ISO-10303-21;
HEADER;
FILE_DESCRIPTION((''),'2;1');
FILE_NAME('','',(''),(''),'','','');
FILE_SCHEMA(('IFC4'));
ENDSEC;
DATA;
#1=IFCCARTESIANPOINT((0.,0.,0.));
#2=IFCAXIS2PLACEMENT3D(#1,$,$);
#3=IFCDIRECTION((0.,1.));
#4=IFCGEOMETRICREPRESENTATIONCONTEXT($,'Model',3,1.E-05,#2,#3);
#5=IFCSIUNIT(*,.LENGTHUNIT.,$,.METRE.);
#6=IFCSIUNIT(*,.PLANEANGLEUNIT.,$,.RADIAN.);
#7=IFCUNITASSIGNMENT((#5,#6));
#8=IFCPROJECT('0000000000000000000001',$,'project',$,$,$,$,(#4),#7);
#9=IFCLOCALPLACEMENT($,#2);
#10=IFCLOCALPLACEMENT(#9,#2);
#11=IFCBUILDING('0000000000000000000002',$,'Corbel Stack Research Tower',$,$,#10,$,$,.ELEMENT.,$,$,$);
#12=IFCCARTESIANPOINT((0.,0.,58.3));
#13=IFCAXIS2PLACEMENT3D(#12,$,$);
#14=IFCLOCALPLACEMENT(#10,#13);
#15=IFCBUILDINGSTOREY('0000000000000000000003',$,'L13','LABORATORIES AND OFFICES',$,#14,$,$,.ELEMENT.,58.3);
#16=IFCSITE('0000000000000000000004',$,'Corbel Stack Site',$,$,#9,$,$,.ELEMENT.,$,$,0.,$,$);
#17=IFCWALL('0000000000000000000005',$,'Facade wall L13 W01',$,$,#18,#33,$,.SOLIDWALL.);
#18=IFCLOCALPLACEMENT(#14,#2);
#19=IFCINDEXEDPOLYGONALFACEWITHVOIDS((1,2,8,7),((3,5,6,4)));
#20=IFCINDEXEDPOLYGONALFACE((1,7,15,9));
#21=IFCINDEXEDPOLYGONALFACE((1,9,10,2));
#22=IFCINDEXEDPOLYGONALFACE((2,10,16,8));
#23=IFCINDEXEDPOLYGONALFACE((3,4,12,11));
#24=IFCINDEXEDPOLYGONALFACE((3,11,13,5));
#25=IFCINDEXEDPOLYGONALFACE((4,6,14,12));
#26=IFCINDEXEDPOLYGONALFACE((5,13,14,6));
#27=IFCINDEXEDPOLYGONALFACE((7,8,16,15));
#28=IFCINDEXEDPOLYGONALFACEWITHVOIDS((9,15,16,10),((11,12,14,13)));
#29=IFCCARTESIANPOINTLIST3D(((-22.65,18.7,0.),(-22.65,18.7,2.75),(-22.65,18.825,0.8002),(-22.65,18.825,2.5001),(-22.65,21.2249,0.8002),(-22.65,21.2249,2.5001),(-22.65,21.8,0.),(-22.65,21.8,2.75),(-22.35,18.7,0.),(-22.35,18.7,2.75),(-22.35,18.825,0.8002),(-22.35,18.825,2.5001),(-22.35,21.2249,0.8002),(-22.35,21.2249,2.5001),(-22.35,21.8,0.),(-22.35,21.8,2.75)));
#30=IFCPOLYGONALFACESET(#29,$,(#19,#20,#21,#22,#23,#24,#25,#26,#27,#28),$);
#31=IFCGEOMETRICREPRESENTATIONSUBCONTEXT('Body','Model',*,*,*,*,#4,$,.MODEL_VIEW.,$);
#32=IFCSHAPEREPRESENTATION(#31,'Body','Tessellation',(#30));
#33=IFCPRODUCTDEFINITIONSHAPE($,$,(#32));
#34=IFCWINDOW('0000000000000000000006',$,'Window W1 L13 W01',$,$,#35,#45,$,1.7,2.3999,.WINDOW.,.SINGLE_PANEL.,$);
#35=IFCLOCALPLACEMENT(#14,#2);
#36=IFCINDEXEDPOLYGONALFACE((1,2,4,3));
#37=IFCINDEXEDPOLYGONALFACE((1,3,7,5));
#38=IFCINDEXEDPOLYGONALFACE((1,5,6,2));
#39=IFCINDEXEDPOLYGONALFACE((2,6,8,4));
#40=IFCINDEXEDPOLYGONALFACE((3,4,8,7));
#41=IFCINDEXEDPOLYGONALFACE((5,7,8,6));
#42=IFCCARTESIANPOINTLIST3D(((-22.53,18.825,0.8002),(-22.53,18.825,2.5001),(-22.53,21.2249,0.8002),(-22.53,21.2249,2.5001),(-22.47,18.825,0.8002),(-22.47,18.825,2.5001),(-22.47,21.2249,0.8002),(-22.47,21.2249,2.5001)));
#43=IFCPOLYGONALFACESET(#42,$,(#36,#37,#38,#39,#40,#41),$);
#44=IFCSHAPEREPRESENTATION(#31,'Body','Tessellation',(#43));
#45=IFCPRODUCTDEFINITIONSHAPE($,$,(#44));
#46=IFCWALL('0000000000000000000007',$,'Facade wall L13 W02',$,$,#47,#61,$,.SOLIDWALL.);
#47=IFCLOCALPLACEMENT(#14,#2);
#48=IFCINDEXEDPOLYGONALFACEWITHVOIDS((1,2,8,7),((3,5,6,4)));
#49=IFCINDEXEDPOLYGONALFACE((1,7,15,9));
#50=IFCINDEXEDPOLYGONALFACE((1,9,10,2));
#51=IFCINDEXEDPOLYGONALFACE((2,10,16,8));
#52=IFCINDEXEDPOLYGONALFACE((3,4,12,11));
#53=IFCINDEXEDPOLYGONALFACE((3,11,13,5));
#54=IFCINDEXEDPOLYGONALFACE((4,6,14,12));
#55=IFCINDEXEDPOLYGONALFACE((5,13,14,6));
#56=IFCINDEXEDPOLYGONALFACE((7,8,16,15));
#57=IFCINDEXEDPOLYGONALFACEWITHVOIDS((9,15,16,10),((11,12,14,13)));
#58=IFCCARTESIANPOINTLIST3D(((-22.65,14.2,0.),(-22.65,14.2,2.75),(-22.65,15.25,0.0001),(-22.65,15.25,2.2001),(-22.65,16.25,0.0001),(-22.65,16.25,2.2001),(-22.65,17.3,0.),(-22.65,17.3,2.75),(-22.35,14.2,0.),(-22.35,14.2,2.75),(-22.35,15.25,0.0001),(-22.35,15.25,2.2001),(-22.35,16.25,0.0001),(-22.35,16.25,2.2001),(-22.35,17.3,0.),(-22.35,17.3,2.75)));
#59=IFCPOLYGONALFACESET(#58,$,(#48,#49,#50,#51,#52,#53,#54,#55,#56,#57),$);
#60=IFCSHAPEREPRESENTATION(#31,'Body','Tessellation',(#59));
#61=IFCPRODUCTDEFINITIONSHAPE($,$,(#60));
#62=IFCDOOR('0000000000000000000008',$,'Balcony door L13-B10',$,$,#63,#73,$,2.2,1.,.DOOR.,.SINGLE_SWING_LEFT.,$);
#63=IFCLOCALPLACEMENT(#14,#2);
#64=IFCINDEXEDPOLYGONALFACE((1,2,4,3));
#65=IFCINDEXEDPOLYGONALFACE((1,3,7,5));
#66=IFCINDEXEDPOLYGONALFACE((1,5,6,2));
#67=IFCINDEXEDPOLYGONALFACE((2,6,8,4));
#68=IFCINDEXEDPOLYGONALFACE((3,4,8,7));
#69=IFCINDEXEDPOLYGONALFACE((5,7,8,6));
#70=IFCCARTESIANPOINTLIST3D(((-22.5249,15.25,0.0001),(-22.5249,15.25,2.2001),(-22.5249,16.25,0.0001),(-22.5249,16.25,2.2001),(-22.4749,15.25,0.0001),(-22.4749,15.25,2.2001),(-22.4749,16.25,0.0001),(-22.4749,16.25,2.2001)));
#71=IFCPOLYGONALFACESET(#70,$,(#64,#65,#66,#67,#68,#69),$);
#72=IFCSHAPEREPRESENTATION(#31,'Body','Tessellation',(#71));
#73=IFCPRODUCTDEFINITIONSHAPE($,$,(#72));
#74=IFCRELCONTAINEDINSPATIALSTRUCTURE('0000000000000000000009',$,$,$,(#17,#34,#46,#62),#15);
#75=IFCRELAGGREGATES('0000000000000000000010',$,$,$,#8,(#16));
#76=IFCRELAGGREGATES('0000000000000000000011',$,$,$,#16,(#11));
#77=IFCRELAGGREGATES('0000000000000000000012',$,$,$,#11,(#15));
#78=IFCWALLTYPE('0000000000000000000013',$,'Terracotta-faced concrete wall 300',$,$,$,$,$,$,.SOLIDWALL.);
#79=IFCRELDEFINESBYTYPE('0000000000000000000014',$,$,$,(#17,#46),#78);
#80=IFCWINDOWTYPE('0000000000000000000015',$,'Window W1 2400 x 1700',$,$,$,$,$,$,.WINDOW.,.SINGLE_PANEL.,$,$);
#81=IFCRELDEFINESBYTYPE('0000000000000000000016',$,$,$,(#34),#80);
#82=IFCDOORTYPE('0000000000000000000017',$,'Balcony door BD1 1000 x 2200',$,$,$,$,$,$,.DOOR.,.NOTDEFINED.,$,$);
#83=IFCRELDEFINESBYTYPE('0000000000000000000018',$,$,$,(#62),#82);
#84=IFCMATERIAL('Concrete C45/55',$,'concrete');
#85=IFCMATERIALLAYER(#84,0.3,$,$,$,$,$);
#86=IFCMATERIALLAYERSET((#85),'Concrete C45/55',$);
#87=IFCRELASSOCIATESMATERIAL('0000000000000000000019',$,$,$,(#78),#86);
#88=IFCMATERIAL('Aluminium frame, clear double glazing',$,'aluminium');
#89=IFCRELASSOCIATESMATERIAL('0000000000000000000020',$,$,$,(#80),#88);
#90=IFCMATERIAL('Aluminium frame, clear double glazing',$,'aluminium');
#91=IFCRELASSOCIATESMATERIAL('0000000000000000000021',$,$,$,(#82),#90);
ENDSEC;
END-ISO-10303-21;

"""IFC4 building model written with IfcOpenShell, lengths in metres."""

from ifc_helpers import new_model, si_unit, direction, frame, frame_2d, origin, place, context, subcontext, project, spatial, rectangle, extrude, material, layer, layer_set, type_object, element, fill, save


model = new_model("IFC4")

# Units and contexts
model_context = context("Model", 3, precision=1e-05, world=origin(), true_north=direction((0.0, 1.0)))
body_context = subcontext(model_context, "Body", "Model", "MODEL_VIEW")
ifc_project = project(units=[si_unit("LENGTHUNIT", "METRE"), si_unit("PLANEANGLEUNIT", "RADIAN")], contexts=[model_context])

# Site, building, storey
site_placement = place(None, origin())
site = spatial("IfcSite", under=ifc_project, at=site_placement, Name="Corbel Stack Site", CompositionType="ELEMENT", RefElevation=0.0)
building_placement = place(site_placement, origin())
building = spatial("IfcBuilding", under=site, at=building_placement, Name="Corbel Stack Research Tower", CompositionType="ELEMENT")
storey_placement = place(building_placement, frame((0.0, 0.0, 58.3)))
storey = spatial("IfcBuildingStorey", under=building, at=storey_placement, Name="L13", Description="LABORATORIES AND OFFICES", CompositionType="ELEMENT", Elevation=58.3)

# Shared definitions
ifc_material_1 = material(Name="Concrete C45/55", Category="concrete")
ifc_layer_1 = layer(ifc_material_1, 0.3)
ifc_layer_set_1 = layer_set([ifc_layer_1], Name="Concrete C45/55")
wall_type_1 = type_object("IfcWallType", Name="Terracotta-faced concrete wall 300", PredefinedType="SOLIDWALL", material=ifc_layer_set_1)

# Wall, opening, window
wall_1_placement = place(storey_placement, frame((-22.5, 18.7, 0.0), z_axis=(0.0, 0.0, 1.0), x_axis=(0.0, 1.0, 0.0)))
wall_1 = element("IfcWall", 1, at=wall_1_placement, inside=storey, type_object=wall_type_1, Name="Facade wall L13 W01", PredefinedType="SOLIDWALL", context=body_context, shape_type="SweptSolid", body=[
    extrude(rectangle(XDim=3.1001, YDim=0.3, at=frame_2d((1.55, 0.0))), origin(), (0.0, 0.0, 1.0), 2.75),
])
opening_1_placement = place(wall_1_placement, frame((0.125, 0.0, 0.8)))
opening_1 = element("IfcOpeningElement", 2, at=opening_1_placement, cuts=wall_1, PredefinedType="OPENING", context=body_context, shape_type="SweptSolid", body=[
    extrude(rectangle(XDim=2.3999, YDim=1.7, at=frame_2d((1.2, 0.8501))), frame((0.0, 0.1599, 0.0), z_axis=(0.0, -1.0, 0.0), x_axis=(1.0, 0.0, 0.0)), (0.0, 0.0, 1.0), 0.3201),
])
ifc_material_2 = material(Name="Aluminium frame, clear double glazing", Category="aluminium")
window_type = type_object("IfcWindowType", Name="Window W1 2400 x 1700", PartitioningType="SINGLE_PANEL", PredefinedType="WINDOW", material=ifc_material_2)
window_placement = place(opening_1_placement, origin())
window = element("IfcWindow", 3, at=window_placement, inside=storey, type_object=window_type, Name="Window W1 L13 W01", OverallHeight=1.7, OverallWidth=2.3999, PartitioningType="SINGLE_PANEL", PredefinedType="WINDOW", context=body_context, shape_type="SweptSolid", body=[
    extrude(rectangle(XDim=2.3999, YDim=1.7, at=frame_2d((1.2, 0.8501))), frame((0.0, 0.03, 0.0), z_axis=(0.0, -1.0, 0.0), x_axis=(1.0, 0.0, 0.0)), (0.0, 0.0, 1.0), 0.0601),
])
fill(opening_1, window)

# Wall, opening, door
wall_2_placement = place(storey_placement, frame((-22.5, 14.2, 0.0), z_axis=(0.0, 0.0, 1.0), x_axis=(0.0, 1.0, 0.0)))
wall_2 = element("IfcWall", 4, at=wall_2_placement, inside=storey, type_object=wall_type_1, Name="Facade wall L13 W02", PredefinedType="SOLIDWALL", context=body_context, shape_type="SweptSolid", body=[
    extrude(rectangle(XDim=3.1001, YDim=0.3, at=frame_2d((1.55, 0.0))), origin(), (0.0, 0.0, 1.0), 2.75),
])
opening_2_placement = place(wall_2_placement, frame((1.05, 0.0, 0.0)))
opening_2 = element("IfcOpeningElement", 5, at=opening_2_placement, cuts=wall_2, PredefinedType="OPENING", context=body_context, shape_type="SweptSolid", body=[
    extrude(rectangle(XDim=1.0, YDim=2.2, at=frame_2d((0.5, 1.1001))), frame((0.0, 0.1599, 0.0), z_axis=(0.0, -1.0, 0.0), x_axis=(1.0, 0.0, 0.0)), (0.0, 0.0, 1.0), 0.3201),
])
ifc_material_3 = material(Name="Aluminium frame, clear double glazing", Category="aluminium")
door_type_1 = type_object("IfcDoorType", Name="Balcony door BD1 1000 x 2200", OperationType="NOTDEFINED", PredefinedType="DOOR", material=ifc_material_3)
door_1_placement = place(opening_2_placement, origin())
door_1 = element("IfcDoor", 6, at=door_1_placement, inside=storey, type_object=door_type_1, Name="Balcony door L13-B10", OperationType="SINGLE_SWING_LEFT", OverallHeight=2.2, OverallWidth=1.0, PredefinedType="DOOR", context=body_context, shape_type="SweptSolid", body=[
    extrude(rectangle(XDim=1.0, YDim=2.2, at=frame_2d((0.5, 1.1001))), frame((0.0, 0.0249, 0.0), z_axis=(0.0, -1.0, 0.0), x_axis=(1.0, 0.0, 0.0)), (0.0, 0.0, 1.0), 0.05),
])
fill(opening_2, door_1)

save(model, "model.ifc")
